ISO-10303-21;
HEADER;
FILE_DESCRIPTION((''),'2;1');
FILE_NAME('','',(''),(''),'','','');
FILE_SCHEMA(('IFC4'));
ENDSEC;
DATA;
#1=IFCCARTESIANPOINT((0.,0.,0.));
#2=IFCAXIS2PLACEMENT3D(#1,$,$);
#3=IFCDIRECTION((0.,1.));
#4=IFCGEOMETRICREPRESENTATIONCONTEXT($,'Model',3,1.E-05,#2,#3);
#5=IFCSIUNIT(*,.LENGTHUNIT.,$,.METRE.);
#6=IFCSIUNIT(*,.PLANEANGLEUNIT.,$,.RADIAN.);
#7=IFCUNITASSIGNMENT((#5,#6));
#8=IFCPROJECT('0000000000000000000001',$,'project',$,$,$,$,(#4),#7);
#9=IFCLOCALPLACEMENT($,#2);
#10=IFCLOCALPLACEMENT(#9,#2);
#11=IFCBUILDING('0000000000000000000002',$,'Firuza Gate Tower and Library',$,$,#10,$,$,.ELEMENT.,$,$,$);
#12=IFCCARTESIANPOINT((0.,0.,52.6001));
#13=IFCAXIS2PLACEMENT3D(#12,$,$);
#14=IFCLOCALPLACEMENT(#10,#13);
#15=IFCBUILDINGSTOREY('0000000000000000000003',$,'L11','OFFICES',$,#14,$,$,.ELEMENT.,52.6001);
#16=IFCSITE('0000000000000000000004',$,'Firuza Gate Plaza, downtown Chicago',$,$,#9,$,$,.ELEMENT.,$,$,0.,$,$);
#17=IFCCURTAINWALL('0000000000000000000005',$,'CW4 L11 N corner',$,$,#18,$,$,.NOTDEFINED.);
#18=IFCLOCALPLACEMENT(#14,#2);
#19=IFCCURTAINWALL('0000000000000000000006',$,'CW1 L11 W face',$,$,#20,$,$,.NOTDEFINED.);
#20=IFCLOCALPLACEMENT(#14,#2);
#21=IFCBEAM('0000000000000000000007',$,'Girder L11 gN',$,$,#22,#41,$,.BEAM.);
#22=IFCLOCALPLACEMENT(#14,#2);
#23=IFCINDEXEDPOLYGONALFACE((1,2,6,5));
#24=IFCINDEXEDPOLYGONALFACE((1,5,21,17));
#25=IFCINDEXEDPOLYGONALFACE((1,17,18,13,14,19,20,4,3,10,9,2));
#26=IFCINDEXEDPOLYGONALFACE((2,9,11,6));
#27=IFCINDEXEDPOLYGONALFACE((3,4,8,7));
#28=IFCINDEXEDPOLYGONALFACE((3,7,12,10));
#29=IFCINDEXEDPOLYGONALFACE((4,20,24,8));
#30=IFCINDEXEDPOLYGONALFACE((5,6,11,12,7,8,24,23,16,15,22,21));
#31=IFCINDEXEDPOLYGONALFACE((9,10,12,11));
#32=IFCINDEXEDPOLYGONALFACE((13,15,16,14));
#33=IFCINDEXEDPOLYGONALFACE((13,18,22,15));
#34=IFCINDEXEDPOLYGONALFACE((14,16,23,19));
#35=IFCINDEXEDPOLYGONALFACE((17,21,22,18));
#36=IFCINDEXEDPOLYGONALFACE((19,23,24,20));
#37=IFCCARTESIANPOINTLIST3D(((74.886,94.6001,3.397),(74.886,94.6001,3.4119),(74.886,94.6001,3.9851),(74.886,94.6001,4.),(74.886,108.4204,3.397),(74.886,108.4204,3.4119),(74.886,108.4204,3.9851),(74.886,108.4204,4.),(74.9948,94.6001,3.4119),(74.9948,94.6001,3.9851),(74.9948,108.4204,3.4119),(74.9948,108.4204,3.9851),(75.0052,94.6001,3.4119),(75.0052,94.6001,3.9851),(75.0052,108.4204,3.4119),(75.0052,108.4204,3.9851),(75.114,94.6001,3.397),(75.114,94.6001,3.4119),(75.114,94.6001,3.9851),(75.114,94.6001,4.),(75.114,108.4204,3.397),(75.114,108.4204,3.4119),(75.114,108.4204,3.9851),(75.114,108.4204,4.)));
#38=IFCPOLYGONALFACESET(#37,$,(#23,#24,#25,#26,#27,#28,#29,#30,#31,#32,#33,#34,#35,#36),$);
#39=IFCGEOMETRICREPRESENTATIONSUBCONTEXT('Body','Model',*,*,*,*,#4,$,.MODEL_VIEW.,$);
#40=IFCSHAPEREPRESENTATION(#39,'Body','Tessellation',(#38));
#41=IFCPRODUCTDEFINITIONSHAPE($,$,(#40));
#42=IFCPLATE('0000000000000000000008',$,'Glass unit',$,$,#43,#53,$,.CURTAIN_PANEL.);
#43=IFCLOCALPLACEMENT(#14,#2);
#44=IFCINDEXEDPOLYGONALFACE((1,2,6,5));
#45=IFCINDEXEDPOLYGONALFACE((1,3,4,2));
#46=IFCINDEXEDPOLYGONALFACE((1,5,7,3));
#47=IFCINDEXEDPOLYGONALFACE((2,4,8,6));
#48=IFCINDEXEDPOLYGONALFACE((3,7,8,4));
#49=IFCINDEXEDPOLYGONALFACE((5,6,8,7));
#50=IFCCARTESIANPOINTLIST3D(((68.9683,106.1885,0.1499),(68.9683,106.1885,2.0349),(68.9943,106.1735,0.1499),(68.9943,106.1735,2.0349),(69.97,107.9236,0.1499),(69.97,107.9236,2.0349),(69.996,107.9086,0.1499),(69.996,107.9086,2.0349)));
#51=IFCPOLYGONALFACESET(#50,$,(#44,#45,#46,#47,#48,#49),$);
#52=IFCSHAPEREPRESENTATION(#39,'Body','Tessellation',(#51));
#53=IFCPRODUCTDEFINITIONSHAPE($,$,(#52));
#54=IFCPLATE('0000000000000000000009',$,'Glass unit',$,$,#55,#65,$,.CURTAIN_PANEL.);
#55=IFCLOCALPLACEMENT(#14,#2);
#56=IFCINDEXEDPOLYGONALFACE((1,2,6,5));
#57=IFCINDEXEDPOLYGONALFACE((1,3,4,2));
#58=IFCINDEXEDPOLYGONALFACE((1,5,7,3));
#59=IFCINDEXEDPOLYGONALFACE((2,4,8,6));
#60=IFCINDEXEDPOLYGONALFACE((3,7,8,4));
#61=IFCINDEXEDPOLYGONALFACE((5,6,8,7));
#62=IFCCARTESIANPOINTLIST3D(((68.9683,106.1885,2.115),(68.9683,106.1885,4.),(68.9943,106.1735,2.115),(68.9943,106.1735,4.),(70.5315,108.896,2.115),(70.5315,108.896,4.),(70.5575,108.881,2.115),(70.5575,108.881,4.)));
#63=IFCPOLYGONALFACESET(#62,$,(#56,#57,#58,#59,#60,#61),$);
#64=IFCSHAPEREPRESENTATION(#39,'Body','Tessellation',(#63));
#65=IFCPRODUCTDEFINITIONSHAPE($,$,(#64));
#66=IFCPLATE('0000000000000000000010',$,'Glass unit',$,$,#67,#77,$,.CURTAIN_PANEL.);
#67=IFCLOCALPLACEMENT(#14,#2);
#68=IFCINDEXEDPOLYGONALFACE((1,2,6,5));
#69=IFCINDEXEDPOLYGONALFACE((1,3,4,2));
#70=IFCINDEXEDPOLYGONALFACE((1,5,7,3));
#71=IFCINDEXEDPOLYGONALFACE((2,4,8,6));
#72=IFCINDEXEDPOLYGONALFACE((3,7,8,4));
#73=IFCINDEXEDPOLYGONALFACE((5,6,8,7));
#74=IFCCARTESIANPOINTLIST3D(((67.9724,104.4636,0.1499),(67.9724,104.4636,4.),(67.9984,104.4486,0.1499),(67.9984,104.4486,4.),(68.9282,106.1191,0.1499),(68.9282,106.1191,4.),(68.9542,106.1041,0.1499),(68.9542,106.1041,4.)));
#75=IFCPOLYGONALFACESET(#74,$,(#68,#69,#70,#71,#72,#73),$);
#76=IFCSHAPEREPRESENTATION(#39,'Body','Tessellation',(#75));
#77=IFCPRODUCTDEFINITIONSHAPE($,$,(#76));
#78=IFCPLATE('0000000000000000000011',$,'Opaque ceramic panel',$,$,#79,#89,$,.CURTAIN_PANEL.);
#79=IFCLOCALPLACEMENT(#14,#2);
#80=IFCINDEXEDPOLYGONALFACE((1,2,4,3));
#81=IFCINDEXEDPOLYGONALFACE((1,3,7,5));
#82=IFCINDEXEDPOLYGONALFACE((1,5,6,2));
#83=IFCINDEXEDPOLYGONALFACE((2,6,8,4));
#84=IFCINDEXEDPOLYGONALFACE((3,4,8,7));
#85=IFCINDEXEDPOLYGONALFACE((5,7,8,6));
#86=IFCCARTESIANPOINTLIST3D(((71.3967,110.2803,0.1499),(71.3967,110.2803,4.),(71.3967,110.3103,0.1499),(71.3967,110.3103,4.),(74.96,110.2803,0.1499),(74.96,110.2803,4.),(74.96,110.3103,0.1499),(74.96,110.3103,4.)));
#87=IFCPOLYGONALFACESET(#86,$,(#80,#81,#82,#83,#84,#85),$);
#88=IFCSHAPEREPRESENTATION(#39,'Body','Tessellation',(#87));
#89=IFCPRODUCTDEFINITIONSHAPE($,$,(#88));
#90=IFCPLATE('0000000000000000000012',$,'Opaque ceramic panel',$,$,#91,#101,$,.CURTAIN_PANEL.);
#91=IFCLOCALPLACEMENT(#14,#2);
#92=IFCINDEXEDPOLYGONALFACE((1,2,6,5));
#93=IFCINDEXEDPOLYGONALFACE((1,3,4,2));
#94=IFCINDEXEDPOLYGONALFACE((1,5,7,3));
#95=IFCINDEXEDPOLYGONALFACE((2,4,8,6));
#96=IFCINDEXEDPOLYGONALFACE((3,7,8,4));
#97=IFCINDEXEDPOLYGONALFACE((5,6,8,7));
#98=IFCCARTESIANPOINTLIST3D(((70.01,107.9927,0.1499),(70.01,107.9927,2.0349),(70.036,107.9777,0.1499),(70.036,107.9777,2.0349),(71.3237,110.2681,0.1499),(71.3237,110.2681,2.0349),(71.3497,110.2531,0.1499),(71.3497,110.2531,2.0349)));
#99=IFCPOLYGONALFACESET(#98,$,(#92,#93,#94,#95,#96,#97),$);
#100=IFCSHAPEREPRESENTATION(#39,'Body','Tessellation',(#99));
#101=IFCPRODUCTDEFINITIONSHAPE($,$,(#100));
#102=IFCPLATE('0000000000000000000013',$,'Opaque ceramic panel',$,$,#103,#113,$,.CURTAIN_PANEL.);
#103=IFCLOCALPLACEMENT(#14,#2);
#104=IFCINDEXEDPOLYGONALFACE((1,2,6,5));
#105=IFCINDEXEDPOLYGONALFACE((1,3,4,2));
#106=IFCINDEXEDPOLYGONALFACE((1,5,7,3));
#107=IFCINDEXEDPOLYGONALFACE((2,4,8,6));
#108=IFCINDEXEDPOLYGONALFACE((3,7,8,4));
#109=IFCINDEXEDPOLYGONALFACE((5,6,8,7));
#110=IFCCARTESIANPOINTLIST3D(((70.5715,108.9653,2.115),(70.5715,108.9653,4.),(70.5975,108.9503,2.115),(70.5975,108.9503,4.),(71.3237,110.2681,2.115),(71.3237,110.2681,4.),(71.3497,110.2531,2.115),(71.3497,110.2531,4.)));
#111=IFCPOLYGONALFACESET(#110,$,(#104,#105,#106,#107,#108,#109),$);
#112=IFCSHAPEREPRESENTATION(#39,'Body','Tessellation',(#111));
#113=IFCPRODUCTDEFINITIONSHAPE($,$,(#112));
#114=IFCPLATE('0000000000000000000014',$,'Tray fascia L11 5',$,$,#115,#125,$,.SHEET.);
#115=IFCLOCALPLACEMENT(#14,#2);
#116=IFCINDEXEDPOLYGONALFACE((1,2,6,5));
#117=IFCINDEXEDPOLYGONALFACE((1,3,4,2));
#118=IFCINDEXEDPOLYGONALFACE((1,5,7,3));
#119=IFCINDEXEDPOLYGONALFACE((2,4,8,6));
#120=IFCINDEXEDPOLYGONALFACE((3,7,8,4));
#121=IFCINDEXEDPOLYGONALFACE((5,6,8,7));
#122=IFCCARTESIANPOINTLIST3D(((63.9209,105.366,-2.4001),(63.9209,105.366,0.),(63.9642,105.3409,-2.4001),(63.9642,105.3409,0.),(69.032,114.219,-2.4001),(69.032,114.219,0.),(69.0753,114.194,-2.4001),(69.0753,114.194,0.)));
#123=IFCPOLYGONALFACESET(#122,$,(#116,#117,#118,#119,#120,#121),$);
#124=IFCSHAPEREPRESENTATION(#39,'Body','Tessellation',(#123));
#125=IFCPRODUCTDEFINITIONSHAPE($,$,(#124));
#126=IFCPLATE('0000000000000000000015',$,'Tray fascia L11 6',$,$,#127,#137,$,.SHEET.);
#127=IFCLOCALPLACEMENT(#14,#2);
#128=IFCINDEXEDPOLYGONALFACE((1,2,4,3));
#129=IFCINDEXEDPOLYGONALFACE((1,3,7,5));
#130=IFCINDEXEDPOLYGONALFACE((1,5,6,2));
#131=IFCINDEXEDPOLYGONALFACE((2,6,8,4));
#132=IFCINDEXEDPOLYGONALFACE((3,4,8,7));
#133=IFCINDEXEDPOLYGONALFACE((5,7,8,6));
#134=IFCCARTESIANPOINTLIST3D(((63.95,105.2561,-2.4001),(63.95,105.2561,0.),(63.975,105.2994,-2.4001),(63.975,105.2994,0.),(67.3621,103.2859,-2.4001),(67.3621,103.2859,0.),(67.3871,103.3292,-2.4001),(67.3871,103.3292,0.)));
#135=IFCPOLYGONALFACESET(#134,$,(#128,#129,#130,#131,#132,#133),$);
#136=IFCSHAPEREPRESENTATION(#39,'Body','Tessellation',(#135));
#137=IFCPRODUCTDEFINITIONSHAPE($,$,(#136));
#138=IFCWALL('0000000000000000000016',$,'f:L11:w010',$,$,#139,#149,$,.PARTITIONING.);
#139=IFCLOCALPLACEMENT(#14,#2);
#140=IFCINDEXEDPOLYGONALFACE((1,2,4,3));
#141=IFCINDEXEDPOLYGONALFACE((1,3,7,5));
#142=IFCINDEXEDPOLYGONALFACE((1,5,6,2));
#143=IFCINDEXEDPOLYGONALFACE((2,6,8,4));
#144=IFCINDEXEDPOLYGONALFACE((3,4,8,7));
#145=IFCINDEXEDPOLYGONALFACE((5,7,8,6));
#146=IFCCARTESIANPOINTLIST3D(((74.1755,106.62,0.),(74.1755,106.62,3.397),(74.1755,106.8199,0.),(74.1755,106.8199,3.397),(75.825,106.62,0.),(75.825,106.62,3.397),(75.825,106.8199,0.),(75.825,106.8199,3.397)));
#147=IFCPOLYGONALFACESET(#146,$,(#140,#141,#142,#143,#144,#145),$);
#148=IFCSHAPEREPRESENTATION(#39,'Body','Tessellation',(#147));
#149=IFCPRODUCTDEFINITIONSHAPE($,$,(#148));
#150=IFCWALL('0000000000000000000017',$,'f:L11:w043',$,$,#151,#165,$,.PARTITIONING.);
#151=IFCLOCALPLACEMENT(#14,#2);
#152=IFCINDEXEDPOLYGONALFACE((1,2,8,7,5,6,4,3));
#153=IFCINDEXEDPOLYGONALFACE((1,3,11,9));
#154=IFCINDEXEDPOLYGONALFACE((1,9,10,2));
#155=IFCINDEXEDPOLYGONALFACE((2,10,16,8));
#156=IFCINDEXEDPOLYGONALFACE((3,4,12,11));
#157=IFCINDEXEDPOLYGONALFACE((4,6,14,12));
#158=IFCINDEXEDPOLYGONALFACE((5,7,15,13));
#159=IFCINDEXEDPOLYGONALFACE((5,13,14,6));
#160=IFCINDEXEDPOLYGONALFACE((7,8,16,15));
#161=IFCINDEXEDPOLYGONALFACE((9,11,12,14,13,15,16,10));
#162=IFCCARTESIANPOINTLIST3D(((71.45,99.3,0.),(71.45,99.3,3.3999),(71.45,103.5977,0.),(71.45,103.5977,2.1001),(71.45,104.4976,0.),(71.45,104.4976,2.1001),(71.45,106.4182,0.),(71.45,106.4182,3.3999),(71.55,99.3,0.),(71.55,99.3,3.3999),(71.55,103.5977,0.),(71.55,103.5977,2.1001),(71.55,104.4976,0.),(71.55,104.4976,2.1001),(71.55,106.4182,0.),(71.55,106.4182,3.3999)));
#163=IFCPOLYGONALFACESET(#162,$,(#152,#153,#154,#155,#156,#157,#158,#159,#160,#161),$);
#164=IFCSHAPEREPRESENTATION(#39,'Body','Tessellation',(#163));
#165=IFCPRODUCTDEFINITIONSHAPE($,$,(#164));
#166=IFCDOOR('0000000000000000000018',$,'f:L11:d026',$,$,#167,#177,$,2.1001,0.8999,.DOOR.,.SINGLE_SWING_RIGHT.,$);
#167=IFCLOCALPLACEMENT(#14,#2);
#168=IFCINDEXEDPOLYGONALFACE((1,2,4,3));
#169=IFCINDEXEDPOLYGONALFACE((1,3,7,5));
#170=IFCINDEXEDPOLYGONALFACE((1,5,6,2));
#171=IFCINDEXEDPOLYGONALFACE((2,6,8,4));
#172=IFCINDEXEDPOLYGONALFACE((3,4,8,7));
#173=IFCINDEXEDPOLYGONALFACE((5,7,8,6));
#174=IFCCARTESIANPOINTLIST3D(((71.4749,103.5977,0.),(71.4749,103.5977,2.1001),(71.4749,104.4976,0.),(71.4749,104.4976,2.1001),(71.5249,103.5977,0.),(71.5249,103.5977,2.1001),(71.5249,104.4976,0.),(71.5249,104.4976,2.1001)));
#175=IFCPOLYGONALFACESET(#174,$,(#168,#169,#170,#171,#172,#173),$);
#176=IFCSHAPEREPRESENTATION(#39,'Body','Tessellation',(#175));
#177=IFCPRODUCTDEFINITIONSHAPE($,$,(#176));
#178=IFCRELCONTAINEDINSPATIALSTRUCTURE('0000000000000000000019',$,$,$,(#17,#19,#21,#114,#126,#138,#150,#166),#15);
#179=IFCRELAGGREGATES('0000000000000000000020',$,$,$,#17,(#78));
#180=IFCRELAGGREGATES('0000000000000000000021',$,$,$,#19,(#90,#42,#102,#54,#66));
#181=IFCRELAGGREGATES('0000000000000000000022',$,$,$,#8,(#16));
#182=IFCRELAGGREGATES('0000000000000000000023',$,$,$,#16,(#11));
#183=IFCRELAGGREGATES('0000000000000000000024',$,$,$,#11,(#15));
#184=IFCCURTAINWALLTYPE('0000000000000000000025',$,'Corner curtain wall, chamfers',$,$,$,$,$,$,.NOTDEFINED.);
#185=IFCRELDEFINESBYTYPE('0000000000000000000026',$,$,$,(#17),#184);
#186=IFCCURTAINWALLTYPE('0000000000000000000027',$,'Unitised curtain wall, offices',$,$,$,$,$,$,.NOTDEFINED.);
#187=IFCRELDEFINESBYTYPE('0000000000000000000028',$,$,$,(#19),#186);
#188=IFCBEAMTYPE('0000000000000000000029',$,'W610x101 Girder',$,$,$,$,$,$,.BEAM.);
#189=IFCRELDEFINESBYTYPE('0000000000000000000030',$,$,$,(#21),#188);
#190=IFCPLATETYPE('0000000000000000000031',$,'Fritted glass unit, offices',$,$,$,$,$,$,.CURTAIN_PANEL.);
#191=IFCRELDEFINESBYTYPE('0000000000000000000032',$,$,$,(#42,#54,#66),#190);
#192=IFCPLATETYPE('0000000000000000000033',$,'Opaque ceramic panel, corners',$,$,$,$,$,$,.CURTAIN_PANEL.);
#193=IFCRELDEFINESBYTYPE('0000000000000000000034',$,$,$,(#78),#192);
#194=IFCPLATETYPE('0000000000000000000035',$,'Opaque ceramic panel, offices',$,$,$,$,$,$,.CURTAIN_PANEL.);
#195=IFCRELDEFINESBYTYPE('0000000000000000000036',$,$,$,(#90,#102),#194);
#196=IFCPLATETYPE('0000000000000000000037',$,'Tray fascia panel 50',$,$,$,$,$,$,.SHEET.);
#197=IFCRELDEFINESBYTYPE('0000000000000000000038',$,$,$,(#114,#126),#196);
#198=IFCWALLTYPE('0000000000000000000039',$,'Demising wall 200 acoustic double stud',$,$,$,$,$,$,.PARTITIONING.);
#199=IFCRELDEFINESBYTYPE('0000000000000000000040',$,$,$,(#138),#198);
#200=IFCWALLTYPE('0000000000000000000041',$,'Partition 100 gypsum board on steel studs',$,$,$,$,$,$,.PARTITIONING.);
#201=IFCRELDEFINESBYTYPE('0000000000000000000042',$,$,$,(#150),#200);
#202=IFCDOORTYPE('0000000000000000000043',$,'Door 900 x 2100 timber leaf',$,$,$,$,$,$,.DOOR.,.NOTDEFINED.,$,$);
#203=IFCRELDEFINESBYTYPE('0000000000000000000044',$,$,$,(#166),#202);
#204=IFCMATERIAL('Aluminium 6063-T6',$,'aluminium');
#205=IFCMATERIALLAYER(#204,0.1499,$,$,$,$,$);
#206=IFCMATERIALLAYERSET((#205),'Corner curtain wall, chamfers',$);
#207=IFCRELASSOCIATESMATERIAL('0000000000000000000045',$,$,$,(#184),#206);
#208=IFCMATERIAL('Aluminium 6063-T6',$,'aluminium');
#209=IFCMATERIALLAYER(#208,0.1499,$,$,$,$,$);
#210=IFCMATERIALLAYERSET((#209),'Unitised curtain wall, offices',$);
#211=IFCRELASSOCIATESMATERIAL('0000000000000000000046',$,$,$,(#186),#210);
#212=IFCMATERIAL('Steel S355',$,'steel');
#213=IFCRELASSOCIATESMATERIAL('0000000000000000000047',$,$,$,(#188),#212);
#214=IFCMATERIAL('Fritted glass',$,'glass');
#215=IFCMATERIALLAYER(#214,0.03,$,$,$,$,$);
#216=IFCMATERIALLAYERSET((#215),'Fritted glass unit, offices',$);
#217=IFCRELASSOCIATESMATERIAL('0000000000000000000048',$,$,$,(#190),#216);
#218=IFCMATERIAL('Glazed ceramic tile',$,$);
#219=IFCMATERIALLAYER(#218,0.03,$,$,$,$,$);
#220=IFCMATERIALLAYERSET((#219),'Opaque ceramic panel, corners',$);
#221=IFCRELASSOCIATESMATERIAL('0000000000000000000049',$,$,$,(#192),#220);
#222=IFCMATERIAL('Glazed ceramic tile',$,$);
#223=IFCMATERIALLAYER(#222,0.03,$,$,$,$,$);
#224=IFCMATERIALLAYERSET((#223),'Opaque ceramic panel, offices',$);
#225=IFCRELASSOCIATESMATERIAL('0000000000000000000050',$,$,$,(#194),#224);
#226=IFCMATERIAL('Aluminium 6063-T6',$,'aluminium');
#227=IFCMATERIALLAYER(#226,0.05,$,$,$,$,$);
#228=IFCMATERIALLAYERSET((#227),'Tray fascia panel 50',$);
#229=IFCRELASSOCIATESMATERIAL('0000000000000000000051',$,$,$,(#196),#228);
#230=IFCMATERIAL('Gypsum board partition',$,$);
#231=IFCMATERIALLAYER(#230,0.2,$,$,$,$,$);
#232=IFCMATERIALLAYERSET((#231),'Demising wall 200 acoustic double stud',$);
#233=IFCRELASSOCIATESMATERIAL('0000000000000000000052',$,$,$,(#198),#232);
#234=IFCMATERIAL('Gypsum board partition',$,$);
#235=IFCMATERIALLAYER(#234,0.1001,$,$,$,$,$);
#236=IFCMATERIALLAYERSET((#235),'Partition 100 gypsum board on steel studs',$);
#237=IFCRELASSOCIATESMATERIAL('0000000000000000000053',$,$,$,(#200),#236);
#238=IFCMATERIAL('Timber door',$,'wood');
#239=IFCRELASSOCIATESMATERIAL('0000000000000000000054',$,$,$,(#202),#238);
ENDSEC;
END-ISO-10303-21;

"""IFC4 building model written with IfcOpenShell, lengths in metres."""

from ifc_helpers import new_model, si_unit, direction, frame, frame_2d, origin, origin_2d, place, context, subcontext, project, spatial, polyline, rectangle, i_section, outline, extrude, material, layer, layer_set, material_profile, profile_set, type_object, element, fill, aggregate, save


model = new_model("IFC4")

# Units and contexts
model_context = context("Model", 3, precision=1e-05, world=origin(), true_north=direction((0.0, 1.0)))
body_context = subcontext(model_context, "Body", "Model", "MODEL_VIEW")
ifc_project = project(units=[si_unit("LENGTHUNIT", "METRE"), si_unit("PLANEANGLEUNIT", "RADIAN")], contexts=[model_context])

# Site, building, storey
site_placement = place(None, origin())
site = spatial("IfcSite", under=ifc_project, at=site_placement, Name="Firuza Gate Plaza, downtown Chicago", CompositionType="ELEMENT", RefElevation=0.0)
building_placement = place(site_placement, origin())
building = spatial("IfcBuilding", under=site, at=building_placement, Name="Firuza Gate Tower and Library", CompositionType="ELEMENT")
storey_placement = place(building_placement, frame((0.0, 0.0, 52.6001)))
storey = spatial("IfcBuildingStorey", under=building, at=storey_placement, Name="L11", Description="OFFICES", CompositionType="ELEMENT", Elevation=52.6001)

# Curtain wall
ifc_material_1 = material(Name="Aluminium 6063-T6", Category="aluminium")
ifc_layer_1 = layer(ifc_material_1, 0.1499)
ifc_layer_set_1 = layer_set([ifc_layer_1], Name="Corner curtain wall, chamfers")
curtain_wall_type_1 = type_object("IfcCurtainWallType", Name="Corner curtain wall, chamfers", PredefinedType="NOTDEFINED", material=ifc_layer_set_1)
placement = place(storey_placement, origin())
curtain_wall_1 = element("IfcCurtainWall", 1, at=placement, inside=storey, type_object=curtain_wall_type_1, Name="CW4 L11 N corner", PredefinedType="NOTDEFINED")

# Curtain wall
ifc_material_2 = material(Name="Aluminium 6063-T6", Category="aluminium")
ifc_layer_2 = layer(ifc_material_2, 0.1499)
ifc_layer_set_2 = layer_set([ifc_layer_2], Name="Unitised curtain wall, offices")
curtain_wall_type_2 = type_object("IfcCurtainWallType", Name="Unitised curtain wall, offices", PredefinedType="NOTDEFINED", material=ifc_layer_set_2)
curtain_wall_2 = element("IfcCurtainWall", 2, at=placement, inside=storey, type_object=curtain_wall_type_2, Name="CW1 L11 W face", PredefinedType="NOTDEFINED")

# Beam
ifc_material_3 = material(Name="Steel S355", Category="steel")
ifc_material_profile_1 = material_profile(ifc_material_3, i_section(OverallWidth=0.228, OverallDepth=0.603, WebThickness=0.0105, FlangeThickness=0.0149, at=origin_2d()))
ifc_profile_set_1 = profile_set([ifc_material_profile_1], Name="Steel S355")
beam_type_1 = type_object("IfcBeamType", Name="W610x101 Girder", PredefinedType="BEAM", material=ifc_profile_set_1)
beam_1_placement = place(storey_placement, frame((75.0, 108.4204, 3.6985), z_axis=(0.0, -1.0, 0.0), x_axis=(1.0, 0.0, 0.0)))
element("IfcBeam", 3, at=beam_1_placement, inside=storey, type_object=beam_type_1, Name="Girder L11 gN", PredefinedType="BEAM", context=body_context, shape_type="SweptSolid", body=[
    extrude(i_section(OverallWidth=0.228, OverallDepth=0.603, WebThickness=0.0105, FlangeThickness=0.0149, at=origin_2d()), origin(), (0.0, 0.0, 1.0), 13.8203),
])

# Plates
ifc_material_4 = material(Name="Fritted glass", Category="glass")
ifc_layer_3 = layer(ifc_material_4, 0.03)
ifc_layer_set_3 = layer_set([ifc_layer_3], Name="Fritted glass unit, offices")
plate_type_1 = type_object("IfcPlateType", Name="Fritted glass unit, offices", PredefinedType="CURTAIN_PANEL", material=ifc_layer_set_3)
plate_1_placement = place(storey_placement, frame((69.97, 107.9236, 0.1499), z_axis=(-0.866037, 0.499979, 0.0), x_axis=(-0.499979, -0.866037, 0.0)))
plate_1 = element("IfcPlate", 4, at=plate_1_placement, type_object=plate_type_1, Name="Glass unit", PredefinedType="CURTAIN_PANEL", context=body_context, shape_type="SweptSolid", body=[
    extrude(outline(polyline([(0.0, 0.0), (2.0035, 0.0), (2.0035, 1.885), (0.0, 1.885), (0.0, 0.0)])), origin(), (0.0, 0.0, -1.0), 0.03),
])
plate_2_placement = place(storey_placement, frame((70.5315, 108.896, 2.115), z_axis=(-0.866019, 0.500011, 0.0), x_axis=(-0.500011, -0.866019, 0.0)))
plate_2 = element("IfcPlate", 5, at=plate_2_placement, type_object=plate_type_1, Name="Glass unit", PredefinedType="CURTAIN_PANEL", context=body_context, shape_type="SweptSolid", body=[
    extrude(outline(polyline([(0.0, 0.0), (3.1264, 0.0), (3.1264, 1.885), (0.0, 1.885), (0.0, 0.0)])), origin(), (0.0, 0.0, -1.0), 0.03),
])
plate_3_placement = place(storey_placement, frame((68.9282, 106.1191, 0.1499), z_axis=(-0.866026, 0.499999, 0.0), x_axis=(-0.499999, -0.866026, 0.0)))
plate_3 = element("IfcPlate", 6, at=plate_3_placement, type_object=plate_type_1, Name="Glass unit", PredefinedType="CURTAIN_PANEL", context=body_context, shape_type="SweptSolid", body=[
    extrude(outline(polyline([(0.0, 0.0), (1.9116, 0.0), (1.9116, 3.8501), (0.0, 3.8501), (0.0, 0.0)])), origin(), (0.0, 0.0, -1.0), 0.03),
])
ifc_material_5 = material(Name="Glazed ceramic tile")
ifc_layer_4 = layer(ifc_material_5, 0.03)
ifc_layer_set_4 = layer_set([ifc_layer_4], Name="Opaque ceramic panel, corners")
plate_type_2 = type_object("IfcPlateType", Name="Opaque ceramic panel, corners", PredefinedType="CURTAIN_PANEL", material=ifc_layer_set_4)
plate_4_placement = place(storey_placement, frame((74.96, 110.3103, 0.1499), z_axis=(0.0, 1.0, 0.0), x_axis=(-1.0, 0.0, 0.0)))
plate_4 = element("IfcPlate", 7, at=plate_4_placement, type_object=plate_type_2, Name="Opaque ceramic panel", PredefinedType="CURTAIN_PANEL", context=body_context, shape_type="SweptSolid", body=[
    extrude(outline(polyline([(0.0, 0.0), (3.5632, 0.0), (3.5632, 3.8501), (0.0, 3.8501), (0.0, 0.0)])), origin(), (0.0, 0.0, -1.0), 0.03),
])
aggregate(curtain_wall_1, [plate_4])
ifc_material_6 = material(Name="Glazed ceramic tile")
ifc_layer_5 = layer(ifc_material_6, 0.03)
ifc_layer_set_5 = layer_set([ifc_layer_5], Name="Opaque ceramic panel, offices")
plate_type_3 = type_object("IfcPlateType", Name="Opaque ceramic panel, offices", PredefinedType="CURTAIN_PANEL", material=ifc_layer_set_5)
plate_5_placement = place(storey_placement, frame((71.3237, 110.2681, 0.1499), z_axis=(-0.866022, 0.500007, 0.0), x_axis=(-0.500007, -0.866022, 0.0)))
plate_5 = element("IfcPlate", 8, at=plate_5_placement, type_object=plate_type_3, Name="Opaque ceramic panel", PredefinedType="CURTAIN_PANEL", context=body_context, shape_type="SweptSolid", body=[
    extrude(outline(polyline([(0.0, 0.0), (2.6274, 0.0), (2.6274, 1.885), (0.0, 1.885), (0.0, 0.0)])), origin(), (0.0, 0.0, -1.0), 0.03),
])
plate_6_placement = place(storey_placement, frame((71.3237, 110.2681, 2.115), z_axis=(-0.866007, 0.500032, 0.0), x_axis=(-0.500032, -0.866007, 0.0)))
plate_6 = element("IfcPlate", 9, at=plate_6_placement, type_object=plate_type_3, Name="Opaque ceramic panel", PredefinedType="CURTAIN_PANEL", context=body_context, shape_type="SweptSolid", body=[
    extrude(outline(polyline([(0.0, 0.0), (1.5043, 0.0), (1.5043, 1.885), (0.0, 1.885), (0.0, 0.0)])), origin(), (0.0, 0.0, -1.0), 0.03),
])
aggregate(curtain_wall_2, [plate_5, plate_1, plate_6, plate_2, plate_3])

# Plates
ifc_material_7 = material(Name="Aluminium 6063-T6", Category="aluminium")
ifc_layer_6 = layer(ifc_material_7, 0.05)
ifc_layer_set_6 = layer_set([ifc_layer_6], Name="Tray fascia panel 50")
plate_type_4 = type_object("IfcPlateType", Name="Tray fascia panel 50", PredefinedType="SHEET", material=ifc_layer_set_6)
plate_7_placement = place(storey_placement, frame((69.032, 114.219, -2.4001), z_axis=(-0.866034, 0.499984, 0.0), x_axis=(-0.499984, -0.866034, 0.0)))
element("IfcPlate", 10, at=plate_7_placement, inside=storey, type_object=plate_type_4, Name="Tray fascia L11 5", PredefinedType="SHEET", context=body_context, shape_type="SweptSolid", body=[
    extrude(outline(polyline([(0.0, 0.0), (10.2225, 0.0), (10.2225, 2.4001), (0.0, 2.4001), (0.0, 0.0)])), origin(), (0.0, 0.0, -1.0), 0.05),
])
plate_8_placement = place(storey_placement, frame((63.95, 105.2561, -2.4001), z_axis=(-0.500044, -0.866, 0.0), x_axis=(0.866, -0.500044, 0.0)))
element("IfcPlate", 11, at=plate_8_placement, inside=storey, type_object=plate_type_4, Name="Tray fascia L11 6", PredefinedType="SHEET", context=body_context, shape_type="SweptSolid", body=[
    extrude(outline(polyline([(0.0, 0.0), (3.9401, 0.0), (3.9401, 2.4001), (0.0, 2.4001), (0.0, 0.0)])), origin(), (0.0, 0.0, -1.0), 0.05),
])

# Wall
ifc_material_8 = material(Name="Gypsum board partition")
ifc_layer_7 = layer(ifc_material_8, 0.2)
ifc_layer_set_7 = layer_set([ifc_layer_7], Name="Demising wall 200 acoustic double stud")
wall_type_1 = type_object("IfcWallType", Name="Demising wall 200 acoustic double stud", PredefinedType="PARTITIONING", material=ifc_layer_set_7)
wall_1_placement = place(storey_placement, frame((74.1755, 106.72, 0.0), z_axis=(0.0, 0.0, 1.0), x_axis=(1.0, 0.0, 0.0)))
element("IfcWall", 12, at=wall_1_placement, inside=storey, type_object=wall_type_1, Name="f:L11:w010", PredefinedType="PARTITIONING", context=body_context, shape_type="SweptSolid", body=[
    extrude(rectangle(XDim=1.6494, YDim=0.2, at=frame_2d((0.8247, 0.0))), origin(), (0.0, 0.0, 1.0), 3.397),
])

# Wall, opening, door
ifc_material_9 = material(Name="Gypsum board partition")
ifc_layer_8 = layer(ifc_material_9, 0.1001)
ifc_layer_set_8 = layer_set([ifc_layer_8], Name="Partition 100 gypsum board on steel studs")
wall_type_2 = type_object("IfcWallType", Name="Partition 100 gypsum board on steel studs", PredefinedType="PARTITIONING", material=ifc_layer_set_8)
wall_2_placement = place(storey_placement, frame((71.5, 106.4182, 0.0), z_axis=(0.0, 0.0, 1.0), x_axis=(0.0, -1.0, 0.0)))
wall_2 = element("IfcWall", 13, at=wall_2_placement, inside=storey, type_object=wall_type_2, Name="f:L11:w043", PredefinedType="PARTITIONING", context=body_context, shape_type="SweptSolid", body=[
    extrude(rectangle(XDim=7.1182, YDim=0.1001, at=frame_2d((3.5591, 0.0))), origin(), (0.0, 0.0, 1.0), 3.3999),
])
opening_placement = place(wall_2_placement, frame((1.9207, 0.0, 0.0)))
opening = element("IfcOpeningElement", 14, at=opening_placement, cuts=wall_2, PredefinedType="OPENING", context=body_context, shape_type="SweptSolid", body=[
    extrude(rectangle(XDim=0.8999, YDim=2.1001, at=frame_2d((0.45, 1.05))), frame((0.0, 0.0601, 0.0), z_axis=(0.0, -1.0, 0.0), x_axis=(1.0, 0.0, 0.0)), (0.0, 0.0, 1.0), 0.1201),
])
ifc_material_10 = material(Name="Timber door", Category="wood")
door_type = type_object("IfcDoorType", Name="Door 900 x 2100 timber leaf", OperationType="NOTDEFINED", PredefinedType="DOOR", material=ifc_material_10)
door_placement = place(opening_placement, origin())
door = element("IfcDoor", 15, at=door_placement, inside=storey, type_object=door_type, Name="f:L11:d026", OperationType="SINGLE_SWING_RIGHT", OverallHeight=2.1001, OverallWidth=0.8999, PredefinedType="DOOR", context=body_context, shape_type="SweptSolid", body=[
    extrude(rectangle(XDim=0.8999, YDim=2.1001, at=frame_2d((0.45, 1.05))), frame((0.0, 0.0249, 0.0), z_axis=(0.0, -1.0, 0.0), x_axis=(1.0, 0.0, 0.0)), (0.0, 0.0, 1.0), 0.05),
])
fill(opening, door)

save(model, "model.ifc")
